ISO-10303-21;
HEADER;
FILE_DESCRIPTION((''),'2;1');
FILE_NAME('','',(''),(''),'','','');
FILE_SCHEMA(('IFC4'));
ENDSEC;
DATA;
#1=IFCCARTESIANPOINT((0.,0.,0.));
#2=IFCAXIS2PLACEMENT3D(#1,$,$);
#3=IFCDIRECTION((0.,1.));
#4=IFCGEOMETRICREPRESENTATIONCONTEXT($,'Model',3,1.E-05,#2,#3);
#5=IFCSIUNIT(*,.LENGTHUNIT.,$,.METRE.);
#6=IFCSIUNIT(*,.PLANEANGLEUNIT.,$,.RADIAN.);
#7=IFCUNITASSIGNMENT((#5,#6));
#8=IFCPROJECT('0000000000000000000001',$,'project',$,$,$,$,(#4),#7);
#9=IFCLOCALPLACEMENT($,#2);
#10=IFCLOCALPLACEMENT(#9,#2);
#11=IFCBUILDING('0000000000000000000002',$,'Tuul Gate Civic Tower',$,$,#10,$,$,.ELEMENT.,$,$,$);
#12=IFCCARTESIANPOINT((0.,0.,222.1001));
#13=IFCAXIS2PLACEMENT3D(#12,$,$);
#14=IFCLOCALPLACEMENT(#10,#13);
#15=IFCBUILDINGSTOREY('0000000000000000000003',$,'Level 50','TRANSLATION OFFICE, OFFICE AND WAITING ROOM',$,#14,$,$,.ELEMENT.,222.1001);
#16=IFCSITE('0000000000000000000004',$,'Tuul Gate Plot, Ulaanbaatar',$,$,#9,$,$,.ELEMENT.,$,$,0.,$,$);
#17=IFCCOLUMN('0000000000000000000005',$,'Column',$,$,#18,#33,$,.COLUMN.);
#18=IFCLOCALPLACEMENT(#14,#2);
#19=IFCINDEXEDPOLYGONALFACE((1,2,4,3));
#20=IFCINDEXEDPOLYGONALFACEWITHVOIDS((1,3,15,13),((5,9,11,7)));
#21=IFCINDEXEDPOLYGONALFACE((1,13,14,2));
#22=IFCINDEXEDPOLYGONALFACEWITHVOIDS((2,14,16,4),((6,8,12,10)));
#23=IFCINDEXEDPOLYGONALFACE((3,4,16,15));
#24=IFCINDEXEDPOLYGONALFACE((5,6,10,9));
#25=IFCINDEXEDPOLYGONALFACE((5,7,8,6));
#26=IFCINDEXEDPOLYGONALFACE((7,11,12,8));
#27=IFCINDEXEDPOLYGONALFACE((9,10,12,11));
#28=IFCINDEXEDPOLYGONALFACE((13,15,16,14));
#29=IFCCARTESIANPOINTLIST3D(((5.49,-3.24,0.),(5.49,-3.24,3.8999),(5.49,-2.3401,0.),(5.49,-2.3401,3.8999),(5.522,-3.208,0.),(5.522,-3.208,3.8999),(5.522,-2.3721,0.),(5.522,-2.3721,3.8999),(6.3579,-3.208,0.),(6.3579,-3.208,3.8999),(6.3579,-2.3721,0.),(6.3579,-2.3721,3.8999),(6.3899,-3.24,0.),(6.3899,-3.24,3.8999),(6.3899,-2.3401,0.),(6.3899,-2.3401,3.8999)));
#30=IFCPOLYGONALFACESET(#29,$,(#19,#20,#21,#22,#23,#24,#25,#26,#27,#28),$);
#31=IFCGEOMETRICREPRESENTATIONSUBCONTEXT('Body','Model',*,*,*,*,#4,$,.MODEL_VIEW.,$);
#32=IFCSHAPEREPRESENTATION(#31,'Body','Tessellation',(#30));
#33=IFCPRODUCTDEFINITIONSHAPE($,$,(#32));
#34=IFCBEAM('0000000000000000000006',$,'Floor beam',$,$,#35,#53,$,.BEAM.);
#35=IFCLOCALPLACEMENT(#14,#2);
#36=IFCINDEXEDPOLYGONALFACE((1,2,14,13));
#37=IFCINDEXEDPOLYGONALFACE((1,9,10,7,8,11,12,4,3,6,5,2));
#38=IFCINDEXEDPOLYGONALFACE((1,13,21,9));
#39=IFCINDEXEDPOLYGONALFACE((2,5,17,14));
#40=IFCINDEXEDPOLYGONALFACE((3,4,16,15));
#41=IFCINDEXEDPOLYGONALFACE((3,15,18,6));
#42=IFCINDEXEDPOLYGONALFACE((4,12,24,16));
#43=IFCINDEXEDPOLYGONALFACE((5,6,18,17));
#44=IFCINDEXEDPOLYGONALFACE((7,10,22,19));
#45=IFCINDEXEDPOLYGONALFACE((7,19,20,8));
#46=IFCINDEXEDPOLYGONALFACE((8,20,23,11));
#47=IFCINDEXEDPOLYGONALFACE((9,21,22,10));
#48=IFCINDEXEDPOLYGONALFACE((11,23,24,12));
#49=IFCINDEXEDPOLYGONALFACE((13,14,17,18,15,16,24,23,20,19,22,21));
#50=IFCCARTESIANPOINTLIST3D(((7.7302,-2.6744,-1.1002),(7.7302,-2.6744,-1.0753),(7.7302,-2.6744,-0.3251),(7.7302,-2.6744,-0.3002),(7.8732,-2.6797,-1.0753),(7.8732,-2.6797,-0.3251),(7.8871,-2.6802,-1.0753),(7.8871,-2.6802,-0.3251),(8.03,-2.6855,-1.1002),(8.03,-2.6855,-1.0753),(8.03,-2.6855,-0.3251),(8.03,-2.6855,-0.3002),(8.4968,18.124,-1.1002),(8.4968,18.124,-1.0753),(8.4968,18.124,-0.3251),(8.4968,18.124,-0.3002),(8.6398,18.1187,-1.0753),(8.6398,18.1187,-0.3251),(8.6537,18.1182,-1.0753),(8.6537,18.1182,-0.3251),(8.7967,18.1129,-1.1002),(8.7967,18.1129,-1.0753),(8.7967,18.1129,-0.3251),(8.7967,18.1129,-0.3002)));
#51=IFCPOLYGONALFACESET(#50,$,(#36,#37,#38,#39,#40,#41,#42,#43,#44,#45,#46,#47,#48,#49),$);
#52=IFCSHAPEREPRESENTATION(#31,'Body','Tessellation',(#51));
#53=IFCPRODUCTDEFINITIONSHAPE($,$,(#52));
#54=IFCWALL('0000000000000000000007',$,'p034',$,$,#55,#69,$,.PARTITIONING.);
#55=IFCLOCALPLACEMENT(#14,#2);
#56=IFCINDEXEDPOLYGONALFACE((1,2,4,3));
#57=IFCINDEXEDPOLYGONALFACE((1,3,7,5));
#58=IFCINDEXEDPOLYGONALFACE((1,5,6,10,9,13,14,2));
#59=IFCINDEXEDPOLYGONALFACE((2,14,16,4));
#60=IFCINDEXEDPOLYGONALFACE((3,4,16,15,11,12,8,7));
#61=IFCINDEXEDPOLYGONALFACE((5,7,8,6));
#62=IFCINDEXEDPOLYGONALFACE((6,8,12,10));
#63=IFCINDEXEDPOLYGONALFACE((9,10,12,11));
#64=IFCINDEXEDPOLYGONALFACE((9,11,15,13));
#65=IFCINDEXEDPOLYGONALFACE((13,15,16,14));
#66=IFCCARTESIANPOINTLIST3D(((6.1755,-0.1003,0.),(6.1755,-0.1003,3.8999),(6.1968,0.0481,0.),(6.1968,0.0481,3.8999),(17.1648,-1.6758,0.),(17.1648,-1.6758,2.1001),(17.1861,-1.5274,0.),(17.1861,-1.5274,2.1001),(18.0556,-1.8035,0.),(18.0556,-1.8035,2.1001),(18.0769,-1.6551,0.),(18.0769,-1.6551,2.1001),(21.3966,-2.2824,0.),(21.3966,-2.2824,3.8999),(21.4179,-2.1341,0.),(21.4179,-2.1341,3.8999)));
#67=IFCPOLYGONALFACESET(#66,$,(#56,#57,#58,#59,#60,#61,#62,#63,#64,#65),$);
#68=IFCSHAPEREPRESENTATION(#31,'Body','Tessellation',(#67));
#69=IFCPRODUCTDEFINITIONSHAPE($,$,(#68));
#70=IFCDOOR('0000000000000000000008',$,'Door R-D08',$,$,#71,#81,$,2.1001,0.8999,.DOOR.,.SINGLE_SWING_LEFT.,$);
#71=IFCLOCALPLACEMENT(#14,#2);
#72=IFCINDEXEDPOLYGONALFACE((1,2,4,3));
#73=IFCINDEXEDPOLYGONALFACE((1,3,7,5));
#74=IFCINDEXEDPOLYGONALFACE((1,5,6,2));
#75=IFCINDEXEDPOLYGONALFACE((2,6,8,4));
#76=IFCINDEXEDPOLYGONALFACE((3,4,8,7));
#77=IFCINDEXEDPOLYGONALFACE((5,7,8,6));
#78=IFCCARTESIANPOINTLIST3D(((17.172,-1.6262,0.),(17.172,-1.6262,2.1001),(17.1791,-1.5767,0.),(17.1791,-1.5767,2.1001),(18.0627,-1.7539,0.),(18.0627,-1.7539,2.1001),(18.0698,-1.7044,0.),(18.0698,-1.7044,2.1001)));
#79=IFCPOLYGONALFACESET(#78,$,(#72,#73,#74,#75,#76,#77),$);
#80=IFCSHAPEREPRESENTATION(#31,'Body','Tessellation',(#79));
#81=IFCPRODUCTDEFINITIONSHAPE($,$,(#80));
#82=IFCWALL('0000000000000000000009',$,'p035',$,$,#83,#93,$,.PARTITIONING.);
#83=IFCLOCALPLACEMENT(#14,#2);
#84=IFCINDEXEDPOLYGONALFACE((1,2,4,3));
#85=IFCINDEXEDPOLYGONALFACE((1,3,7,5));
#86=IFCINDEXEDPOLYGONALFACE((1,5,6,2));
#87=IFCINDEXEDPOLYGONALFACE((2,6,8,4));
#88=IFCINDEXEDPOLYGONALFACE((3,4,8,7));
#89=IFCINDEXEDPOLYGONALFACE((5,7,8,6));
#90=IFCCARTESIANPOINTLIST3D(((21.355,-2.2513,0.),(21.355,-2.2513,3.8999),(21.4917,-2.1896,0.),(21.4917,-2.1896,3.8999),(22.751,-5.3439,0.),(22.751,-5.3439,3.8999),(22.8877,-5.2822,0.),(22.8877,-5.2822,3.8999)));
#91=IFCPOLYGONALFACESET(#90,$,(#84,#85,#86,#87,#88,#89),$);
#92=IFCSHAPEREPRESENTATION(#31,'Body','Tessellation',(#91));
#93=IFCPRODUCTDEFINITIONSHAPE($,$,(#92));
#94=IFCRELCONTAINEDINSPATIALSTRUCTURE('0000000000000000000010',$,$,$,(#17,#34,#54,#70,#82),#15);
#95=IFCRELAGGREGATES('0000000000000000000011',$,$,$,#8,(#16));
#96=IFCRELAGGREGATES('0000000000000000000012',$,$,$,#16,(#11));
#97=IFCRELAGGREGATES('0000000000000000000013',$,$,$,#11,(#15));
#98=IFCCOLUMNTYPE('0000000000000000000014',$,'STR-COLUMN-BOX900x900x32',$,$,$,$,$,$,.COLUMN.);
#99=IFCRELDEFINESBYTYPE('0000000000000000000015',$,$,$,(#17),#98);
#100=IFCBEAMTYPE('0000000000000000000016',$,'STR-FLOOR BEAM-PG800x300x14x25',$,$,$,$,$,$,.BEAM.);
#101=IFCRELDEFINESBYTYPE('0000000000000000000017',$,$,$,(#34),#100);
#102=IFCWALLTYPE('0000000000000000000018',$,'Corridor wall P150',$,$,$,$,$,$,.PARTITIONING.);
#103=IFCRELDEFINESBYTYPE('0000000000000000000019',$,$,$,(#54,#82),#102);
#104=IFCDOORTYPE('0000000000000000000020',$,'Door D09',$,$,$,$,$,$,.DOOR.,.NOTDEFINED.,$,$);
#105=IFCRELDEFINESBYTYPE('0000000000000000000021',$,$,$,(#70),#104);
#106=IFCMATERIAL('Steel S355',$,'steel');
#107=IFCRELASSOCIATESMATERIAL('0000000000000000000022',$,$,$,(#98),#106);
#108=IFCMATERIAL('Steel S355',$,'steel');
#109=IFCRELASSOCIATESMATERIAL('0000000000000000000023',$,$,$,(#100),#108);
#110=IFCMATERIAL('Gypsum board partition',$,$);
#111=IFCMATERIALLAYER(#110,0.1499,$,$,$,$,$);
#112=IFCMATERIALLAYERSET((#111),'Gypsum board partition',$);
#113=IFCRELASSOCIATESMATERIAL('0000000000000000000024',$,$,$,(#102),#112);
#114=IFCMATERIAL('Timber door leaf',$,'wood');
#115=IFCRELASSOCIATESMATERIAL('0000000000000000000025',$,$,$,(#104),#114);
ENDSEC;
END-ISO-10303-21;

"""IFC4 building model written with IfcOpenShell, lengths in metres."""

from ifc_helpers import new_model, si_unit, direction, frame, frame_2d, origin, origin_2d, place, context, subcontext, project, spatial, rectangle, hollow_rectangle, i_section, extrude, material, layer, layer_set, material_profile, profile_set, type_object, element, fill, save


model = new_model("IFC4")

# Units and contexts
model_context = context("Model", 3, precision=1e-05, world=origin(), true_north=direction((0.0, 1.0)))
body_context = subcontext(model_context, "Body", "Model", "MODEL_VIEW")
ifc_project = project(units=[si_unit("LENGTHUNIT", "METRE"), si_unit("PLANEANGLEUNIT", "RADIAN")], contexts=[model_context])

# Site, building, storey
site_placement = place(None, origin())
site = spatial("IfcSite", under=ifc_project, at=site_placement, Name="Tuul Gate Plot, Ulaanbaatar", CompositionType="ELEMENT", RefElevation=0.0)
building_placement = place(site_placement, origin())
building = spatial("IfcBuilding", under=site, at=building_placement, Name="Tuul Gate Civic Tower", CompositionType="ELEMENT")
storey_placement = place(building_placement, frame((0.0, 0.0, 222.1001)))
storey = spatial("IfcBuildingStorey", under=building, at=storey_placement, Name="Level 50", Description="TRANSLATION OFFICE, OFFICE AND WAITING ROOM", CompositionType="ELEMENT", Elevation=222.1001)

# Column
ifc_material_1 = material(Name="Steel S355", Category="steel")
ifc_material_profile_1 = material_profile(ifc_material_1, hollow_rectangle(XDim=0.8999, YDim=0.8999, WallThickness=0.032, at=origin_2d()), Name="BOX900x900x32")
ifc_profile_set_1 = profile_set([ifc_material_profile_1], Name="Steel S355")
column_type = type_object("IfcColumnType", Name="STR-COLUMN-BOX900x900x32", PredefinedType="COLUMN", material=ifc_profile_set_1)
column_placement = place(storey_placement, frame((5.9399, -2.79, 0.0), z_axis=(0.0, 0.0, 1.0), x_axis=(1.0, 0.0, 0.0)))
element("IfcColumn", 1, at=column_placement, inside=storey, type_object=column_type, Name="Column", PredefinedType="COLUMN", context=body_context, shape_type="SweptSolid", body=[
    extrude(hollow_rectangle(XDim=0.8999, YDim=0.8999, WallThickness=0.032, at=origin_2d()), origin(), (0.0, 0.0, 1.0), 3.8999),
])

# Beam
ifc_material_2 = material(Name="Steel S355", Category="steel")
ifc_material_profile_2 = material_profile(ifc_material_2, i_section(OverallWidth=0.3, OverallDepth=0.8, WebThickness=0.0139, FlangeThickness=0.0249, at=origin_2d()), Name="PG800x300x14x25")
ifc_profile_set_2 = profile_set([ifc_material_profile_2], Name="Steel S355")
beam_type = type_object("IfcBeamType", Name="STR-FLOOR BEAM-PG800x300x14x25", PredefinedType="BEAM", material=ifc_profile_set_2)
beam_placement = place(storey_placement, frame((7.8801, -2.6799, -0.7002), z_axis=(0.036834, 0.999321, 0.0), x_axis=(-0.999321, 0.036834, 0.0)))
element("IfcBeam", 2, at=beam_placement, inside=storey, type_object=beam_type, Name="Floor beam", PredefinedType="BEAM", context=body_context, shape_type="SweptSolid", body=[
    extrude(i_section(OverallWidth=0.3, OverallDepth=0.8, WebThickness=0.0139, FlangeThickness=0.0249, at=origin_2d()), origin(), (0.0, 0.0, 1.0), 20.8125),
])

# Wall, opening, door
ifc_material_3 = material(Name="Gypsum board partition")
ifc_layer_1 = layer(ifc_material_3, 0.1499)
ifc_layer_set_1 = layer_set([ifc_layer_1], Name="Gypsum board partition")
wall_type_1 = type_object("IfcWallType", Name="Corridor wall P150", PredefinedType="PARTITIONING", material=ifc_layer_set_1)
wall_1_placement = place(storey_placement, frame((6.186, -0.0261, 0.0), z_axis=(0.0, 0.0, 1.0), x_axis=(0.98988, -0.14191, 0.0)))
wall_1 = element("IfcWall", 3, at=wall_1_placement, inside=storey, type_object=wall_type_1, Name="p034", PredefinedType="PARTITIONING", context=body_context, shape_type="SweptSolid", body=[
    extrude(rectangle(XDim=15.3767, YDim=0.1499, at=frame_2d((7.6885, 0.0))), origin(), (0.0, 0.0, 1.0), 3.8999),
])
opening_1_placement = place(wall_1_placement, frame((11.1018, 0.0, 0.0)))
opening_1 = element("IfcOpeningElement", 4, at=opening_1_placement, cuts=wall_1, PredefinedType="OPENING", context=body_context, shape_type="SweptSolid", body=[
    extrude(rectangle(XDim=0.8999, YDim=2.1001, at=frame_2d((0.45, 1.05))), frame((0.0, 0.085, 0.0), z_axis=(0.0, -1.0, 0.0), x_axis=(1.0, 0.0, 0.0)), (0.0, 0.0, 1.0), 0.1699),
])
ifc_material_4 = material(Name="Timber door leaf", Category="wood")
door_type = type_object("IfcDoorType", Name="Door D09", OperationType="NOTDEFINED", PredefinedType="DOOR", material=ifc_material_4)
door_1_placement = place(opening_1_placement, frame((0.8999, 0.0, 0.0), z_axis=(0.0, 0.0, 1.0), x_axis=(-1.0, 0.0, 0.0)))
door_1 = element("IfcDoor", 5, at=door_1_placement, inside=storey, type_object=door_type, Name="Door R-D08", OperationType="SINGLE_SWING_LEFT", OverallHeight=2.1001, OverallWidth=0.8999, PredefinedType="DOOR", context=body_context, shape_type="SweptSolid", body=[
    extrude(rectangle(XDim=0.8999, YDim=2.1001, at=frame_2d((0.45, 1.05))), frame((0.0, 0.0249, 0.0), z_axis=(0.0, -1.0, 0.0), x_axis=(1.0, 0.0, 0.0)), (0.0, 0.0, 1.0), 0.05),
])
fill(opening_1, door_1)

# Wall
wall_2_placement = place(storey_placement, frame((21.4233, -2.2205, 0.0), z_axis=(0.0, 0.0, 1.0), x_axis=(0.411432, -0.91144, 0.0)))
element("IfcWall", 6, at=wall_2_placement, inside=storey, type_object=wall_type_1, Name="p035", PredefinedType="PARTITIONING", context=body_context, shape_type="SweptSolid", body=[
    extrude(rectangle(XDim=3.3931, YDim=0.1499, at=frame_2d((1.6965, 0.0))), origin(), (0.0, 0.0, 1.0), 3.8999),
])

save(model, "model.ifc")
